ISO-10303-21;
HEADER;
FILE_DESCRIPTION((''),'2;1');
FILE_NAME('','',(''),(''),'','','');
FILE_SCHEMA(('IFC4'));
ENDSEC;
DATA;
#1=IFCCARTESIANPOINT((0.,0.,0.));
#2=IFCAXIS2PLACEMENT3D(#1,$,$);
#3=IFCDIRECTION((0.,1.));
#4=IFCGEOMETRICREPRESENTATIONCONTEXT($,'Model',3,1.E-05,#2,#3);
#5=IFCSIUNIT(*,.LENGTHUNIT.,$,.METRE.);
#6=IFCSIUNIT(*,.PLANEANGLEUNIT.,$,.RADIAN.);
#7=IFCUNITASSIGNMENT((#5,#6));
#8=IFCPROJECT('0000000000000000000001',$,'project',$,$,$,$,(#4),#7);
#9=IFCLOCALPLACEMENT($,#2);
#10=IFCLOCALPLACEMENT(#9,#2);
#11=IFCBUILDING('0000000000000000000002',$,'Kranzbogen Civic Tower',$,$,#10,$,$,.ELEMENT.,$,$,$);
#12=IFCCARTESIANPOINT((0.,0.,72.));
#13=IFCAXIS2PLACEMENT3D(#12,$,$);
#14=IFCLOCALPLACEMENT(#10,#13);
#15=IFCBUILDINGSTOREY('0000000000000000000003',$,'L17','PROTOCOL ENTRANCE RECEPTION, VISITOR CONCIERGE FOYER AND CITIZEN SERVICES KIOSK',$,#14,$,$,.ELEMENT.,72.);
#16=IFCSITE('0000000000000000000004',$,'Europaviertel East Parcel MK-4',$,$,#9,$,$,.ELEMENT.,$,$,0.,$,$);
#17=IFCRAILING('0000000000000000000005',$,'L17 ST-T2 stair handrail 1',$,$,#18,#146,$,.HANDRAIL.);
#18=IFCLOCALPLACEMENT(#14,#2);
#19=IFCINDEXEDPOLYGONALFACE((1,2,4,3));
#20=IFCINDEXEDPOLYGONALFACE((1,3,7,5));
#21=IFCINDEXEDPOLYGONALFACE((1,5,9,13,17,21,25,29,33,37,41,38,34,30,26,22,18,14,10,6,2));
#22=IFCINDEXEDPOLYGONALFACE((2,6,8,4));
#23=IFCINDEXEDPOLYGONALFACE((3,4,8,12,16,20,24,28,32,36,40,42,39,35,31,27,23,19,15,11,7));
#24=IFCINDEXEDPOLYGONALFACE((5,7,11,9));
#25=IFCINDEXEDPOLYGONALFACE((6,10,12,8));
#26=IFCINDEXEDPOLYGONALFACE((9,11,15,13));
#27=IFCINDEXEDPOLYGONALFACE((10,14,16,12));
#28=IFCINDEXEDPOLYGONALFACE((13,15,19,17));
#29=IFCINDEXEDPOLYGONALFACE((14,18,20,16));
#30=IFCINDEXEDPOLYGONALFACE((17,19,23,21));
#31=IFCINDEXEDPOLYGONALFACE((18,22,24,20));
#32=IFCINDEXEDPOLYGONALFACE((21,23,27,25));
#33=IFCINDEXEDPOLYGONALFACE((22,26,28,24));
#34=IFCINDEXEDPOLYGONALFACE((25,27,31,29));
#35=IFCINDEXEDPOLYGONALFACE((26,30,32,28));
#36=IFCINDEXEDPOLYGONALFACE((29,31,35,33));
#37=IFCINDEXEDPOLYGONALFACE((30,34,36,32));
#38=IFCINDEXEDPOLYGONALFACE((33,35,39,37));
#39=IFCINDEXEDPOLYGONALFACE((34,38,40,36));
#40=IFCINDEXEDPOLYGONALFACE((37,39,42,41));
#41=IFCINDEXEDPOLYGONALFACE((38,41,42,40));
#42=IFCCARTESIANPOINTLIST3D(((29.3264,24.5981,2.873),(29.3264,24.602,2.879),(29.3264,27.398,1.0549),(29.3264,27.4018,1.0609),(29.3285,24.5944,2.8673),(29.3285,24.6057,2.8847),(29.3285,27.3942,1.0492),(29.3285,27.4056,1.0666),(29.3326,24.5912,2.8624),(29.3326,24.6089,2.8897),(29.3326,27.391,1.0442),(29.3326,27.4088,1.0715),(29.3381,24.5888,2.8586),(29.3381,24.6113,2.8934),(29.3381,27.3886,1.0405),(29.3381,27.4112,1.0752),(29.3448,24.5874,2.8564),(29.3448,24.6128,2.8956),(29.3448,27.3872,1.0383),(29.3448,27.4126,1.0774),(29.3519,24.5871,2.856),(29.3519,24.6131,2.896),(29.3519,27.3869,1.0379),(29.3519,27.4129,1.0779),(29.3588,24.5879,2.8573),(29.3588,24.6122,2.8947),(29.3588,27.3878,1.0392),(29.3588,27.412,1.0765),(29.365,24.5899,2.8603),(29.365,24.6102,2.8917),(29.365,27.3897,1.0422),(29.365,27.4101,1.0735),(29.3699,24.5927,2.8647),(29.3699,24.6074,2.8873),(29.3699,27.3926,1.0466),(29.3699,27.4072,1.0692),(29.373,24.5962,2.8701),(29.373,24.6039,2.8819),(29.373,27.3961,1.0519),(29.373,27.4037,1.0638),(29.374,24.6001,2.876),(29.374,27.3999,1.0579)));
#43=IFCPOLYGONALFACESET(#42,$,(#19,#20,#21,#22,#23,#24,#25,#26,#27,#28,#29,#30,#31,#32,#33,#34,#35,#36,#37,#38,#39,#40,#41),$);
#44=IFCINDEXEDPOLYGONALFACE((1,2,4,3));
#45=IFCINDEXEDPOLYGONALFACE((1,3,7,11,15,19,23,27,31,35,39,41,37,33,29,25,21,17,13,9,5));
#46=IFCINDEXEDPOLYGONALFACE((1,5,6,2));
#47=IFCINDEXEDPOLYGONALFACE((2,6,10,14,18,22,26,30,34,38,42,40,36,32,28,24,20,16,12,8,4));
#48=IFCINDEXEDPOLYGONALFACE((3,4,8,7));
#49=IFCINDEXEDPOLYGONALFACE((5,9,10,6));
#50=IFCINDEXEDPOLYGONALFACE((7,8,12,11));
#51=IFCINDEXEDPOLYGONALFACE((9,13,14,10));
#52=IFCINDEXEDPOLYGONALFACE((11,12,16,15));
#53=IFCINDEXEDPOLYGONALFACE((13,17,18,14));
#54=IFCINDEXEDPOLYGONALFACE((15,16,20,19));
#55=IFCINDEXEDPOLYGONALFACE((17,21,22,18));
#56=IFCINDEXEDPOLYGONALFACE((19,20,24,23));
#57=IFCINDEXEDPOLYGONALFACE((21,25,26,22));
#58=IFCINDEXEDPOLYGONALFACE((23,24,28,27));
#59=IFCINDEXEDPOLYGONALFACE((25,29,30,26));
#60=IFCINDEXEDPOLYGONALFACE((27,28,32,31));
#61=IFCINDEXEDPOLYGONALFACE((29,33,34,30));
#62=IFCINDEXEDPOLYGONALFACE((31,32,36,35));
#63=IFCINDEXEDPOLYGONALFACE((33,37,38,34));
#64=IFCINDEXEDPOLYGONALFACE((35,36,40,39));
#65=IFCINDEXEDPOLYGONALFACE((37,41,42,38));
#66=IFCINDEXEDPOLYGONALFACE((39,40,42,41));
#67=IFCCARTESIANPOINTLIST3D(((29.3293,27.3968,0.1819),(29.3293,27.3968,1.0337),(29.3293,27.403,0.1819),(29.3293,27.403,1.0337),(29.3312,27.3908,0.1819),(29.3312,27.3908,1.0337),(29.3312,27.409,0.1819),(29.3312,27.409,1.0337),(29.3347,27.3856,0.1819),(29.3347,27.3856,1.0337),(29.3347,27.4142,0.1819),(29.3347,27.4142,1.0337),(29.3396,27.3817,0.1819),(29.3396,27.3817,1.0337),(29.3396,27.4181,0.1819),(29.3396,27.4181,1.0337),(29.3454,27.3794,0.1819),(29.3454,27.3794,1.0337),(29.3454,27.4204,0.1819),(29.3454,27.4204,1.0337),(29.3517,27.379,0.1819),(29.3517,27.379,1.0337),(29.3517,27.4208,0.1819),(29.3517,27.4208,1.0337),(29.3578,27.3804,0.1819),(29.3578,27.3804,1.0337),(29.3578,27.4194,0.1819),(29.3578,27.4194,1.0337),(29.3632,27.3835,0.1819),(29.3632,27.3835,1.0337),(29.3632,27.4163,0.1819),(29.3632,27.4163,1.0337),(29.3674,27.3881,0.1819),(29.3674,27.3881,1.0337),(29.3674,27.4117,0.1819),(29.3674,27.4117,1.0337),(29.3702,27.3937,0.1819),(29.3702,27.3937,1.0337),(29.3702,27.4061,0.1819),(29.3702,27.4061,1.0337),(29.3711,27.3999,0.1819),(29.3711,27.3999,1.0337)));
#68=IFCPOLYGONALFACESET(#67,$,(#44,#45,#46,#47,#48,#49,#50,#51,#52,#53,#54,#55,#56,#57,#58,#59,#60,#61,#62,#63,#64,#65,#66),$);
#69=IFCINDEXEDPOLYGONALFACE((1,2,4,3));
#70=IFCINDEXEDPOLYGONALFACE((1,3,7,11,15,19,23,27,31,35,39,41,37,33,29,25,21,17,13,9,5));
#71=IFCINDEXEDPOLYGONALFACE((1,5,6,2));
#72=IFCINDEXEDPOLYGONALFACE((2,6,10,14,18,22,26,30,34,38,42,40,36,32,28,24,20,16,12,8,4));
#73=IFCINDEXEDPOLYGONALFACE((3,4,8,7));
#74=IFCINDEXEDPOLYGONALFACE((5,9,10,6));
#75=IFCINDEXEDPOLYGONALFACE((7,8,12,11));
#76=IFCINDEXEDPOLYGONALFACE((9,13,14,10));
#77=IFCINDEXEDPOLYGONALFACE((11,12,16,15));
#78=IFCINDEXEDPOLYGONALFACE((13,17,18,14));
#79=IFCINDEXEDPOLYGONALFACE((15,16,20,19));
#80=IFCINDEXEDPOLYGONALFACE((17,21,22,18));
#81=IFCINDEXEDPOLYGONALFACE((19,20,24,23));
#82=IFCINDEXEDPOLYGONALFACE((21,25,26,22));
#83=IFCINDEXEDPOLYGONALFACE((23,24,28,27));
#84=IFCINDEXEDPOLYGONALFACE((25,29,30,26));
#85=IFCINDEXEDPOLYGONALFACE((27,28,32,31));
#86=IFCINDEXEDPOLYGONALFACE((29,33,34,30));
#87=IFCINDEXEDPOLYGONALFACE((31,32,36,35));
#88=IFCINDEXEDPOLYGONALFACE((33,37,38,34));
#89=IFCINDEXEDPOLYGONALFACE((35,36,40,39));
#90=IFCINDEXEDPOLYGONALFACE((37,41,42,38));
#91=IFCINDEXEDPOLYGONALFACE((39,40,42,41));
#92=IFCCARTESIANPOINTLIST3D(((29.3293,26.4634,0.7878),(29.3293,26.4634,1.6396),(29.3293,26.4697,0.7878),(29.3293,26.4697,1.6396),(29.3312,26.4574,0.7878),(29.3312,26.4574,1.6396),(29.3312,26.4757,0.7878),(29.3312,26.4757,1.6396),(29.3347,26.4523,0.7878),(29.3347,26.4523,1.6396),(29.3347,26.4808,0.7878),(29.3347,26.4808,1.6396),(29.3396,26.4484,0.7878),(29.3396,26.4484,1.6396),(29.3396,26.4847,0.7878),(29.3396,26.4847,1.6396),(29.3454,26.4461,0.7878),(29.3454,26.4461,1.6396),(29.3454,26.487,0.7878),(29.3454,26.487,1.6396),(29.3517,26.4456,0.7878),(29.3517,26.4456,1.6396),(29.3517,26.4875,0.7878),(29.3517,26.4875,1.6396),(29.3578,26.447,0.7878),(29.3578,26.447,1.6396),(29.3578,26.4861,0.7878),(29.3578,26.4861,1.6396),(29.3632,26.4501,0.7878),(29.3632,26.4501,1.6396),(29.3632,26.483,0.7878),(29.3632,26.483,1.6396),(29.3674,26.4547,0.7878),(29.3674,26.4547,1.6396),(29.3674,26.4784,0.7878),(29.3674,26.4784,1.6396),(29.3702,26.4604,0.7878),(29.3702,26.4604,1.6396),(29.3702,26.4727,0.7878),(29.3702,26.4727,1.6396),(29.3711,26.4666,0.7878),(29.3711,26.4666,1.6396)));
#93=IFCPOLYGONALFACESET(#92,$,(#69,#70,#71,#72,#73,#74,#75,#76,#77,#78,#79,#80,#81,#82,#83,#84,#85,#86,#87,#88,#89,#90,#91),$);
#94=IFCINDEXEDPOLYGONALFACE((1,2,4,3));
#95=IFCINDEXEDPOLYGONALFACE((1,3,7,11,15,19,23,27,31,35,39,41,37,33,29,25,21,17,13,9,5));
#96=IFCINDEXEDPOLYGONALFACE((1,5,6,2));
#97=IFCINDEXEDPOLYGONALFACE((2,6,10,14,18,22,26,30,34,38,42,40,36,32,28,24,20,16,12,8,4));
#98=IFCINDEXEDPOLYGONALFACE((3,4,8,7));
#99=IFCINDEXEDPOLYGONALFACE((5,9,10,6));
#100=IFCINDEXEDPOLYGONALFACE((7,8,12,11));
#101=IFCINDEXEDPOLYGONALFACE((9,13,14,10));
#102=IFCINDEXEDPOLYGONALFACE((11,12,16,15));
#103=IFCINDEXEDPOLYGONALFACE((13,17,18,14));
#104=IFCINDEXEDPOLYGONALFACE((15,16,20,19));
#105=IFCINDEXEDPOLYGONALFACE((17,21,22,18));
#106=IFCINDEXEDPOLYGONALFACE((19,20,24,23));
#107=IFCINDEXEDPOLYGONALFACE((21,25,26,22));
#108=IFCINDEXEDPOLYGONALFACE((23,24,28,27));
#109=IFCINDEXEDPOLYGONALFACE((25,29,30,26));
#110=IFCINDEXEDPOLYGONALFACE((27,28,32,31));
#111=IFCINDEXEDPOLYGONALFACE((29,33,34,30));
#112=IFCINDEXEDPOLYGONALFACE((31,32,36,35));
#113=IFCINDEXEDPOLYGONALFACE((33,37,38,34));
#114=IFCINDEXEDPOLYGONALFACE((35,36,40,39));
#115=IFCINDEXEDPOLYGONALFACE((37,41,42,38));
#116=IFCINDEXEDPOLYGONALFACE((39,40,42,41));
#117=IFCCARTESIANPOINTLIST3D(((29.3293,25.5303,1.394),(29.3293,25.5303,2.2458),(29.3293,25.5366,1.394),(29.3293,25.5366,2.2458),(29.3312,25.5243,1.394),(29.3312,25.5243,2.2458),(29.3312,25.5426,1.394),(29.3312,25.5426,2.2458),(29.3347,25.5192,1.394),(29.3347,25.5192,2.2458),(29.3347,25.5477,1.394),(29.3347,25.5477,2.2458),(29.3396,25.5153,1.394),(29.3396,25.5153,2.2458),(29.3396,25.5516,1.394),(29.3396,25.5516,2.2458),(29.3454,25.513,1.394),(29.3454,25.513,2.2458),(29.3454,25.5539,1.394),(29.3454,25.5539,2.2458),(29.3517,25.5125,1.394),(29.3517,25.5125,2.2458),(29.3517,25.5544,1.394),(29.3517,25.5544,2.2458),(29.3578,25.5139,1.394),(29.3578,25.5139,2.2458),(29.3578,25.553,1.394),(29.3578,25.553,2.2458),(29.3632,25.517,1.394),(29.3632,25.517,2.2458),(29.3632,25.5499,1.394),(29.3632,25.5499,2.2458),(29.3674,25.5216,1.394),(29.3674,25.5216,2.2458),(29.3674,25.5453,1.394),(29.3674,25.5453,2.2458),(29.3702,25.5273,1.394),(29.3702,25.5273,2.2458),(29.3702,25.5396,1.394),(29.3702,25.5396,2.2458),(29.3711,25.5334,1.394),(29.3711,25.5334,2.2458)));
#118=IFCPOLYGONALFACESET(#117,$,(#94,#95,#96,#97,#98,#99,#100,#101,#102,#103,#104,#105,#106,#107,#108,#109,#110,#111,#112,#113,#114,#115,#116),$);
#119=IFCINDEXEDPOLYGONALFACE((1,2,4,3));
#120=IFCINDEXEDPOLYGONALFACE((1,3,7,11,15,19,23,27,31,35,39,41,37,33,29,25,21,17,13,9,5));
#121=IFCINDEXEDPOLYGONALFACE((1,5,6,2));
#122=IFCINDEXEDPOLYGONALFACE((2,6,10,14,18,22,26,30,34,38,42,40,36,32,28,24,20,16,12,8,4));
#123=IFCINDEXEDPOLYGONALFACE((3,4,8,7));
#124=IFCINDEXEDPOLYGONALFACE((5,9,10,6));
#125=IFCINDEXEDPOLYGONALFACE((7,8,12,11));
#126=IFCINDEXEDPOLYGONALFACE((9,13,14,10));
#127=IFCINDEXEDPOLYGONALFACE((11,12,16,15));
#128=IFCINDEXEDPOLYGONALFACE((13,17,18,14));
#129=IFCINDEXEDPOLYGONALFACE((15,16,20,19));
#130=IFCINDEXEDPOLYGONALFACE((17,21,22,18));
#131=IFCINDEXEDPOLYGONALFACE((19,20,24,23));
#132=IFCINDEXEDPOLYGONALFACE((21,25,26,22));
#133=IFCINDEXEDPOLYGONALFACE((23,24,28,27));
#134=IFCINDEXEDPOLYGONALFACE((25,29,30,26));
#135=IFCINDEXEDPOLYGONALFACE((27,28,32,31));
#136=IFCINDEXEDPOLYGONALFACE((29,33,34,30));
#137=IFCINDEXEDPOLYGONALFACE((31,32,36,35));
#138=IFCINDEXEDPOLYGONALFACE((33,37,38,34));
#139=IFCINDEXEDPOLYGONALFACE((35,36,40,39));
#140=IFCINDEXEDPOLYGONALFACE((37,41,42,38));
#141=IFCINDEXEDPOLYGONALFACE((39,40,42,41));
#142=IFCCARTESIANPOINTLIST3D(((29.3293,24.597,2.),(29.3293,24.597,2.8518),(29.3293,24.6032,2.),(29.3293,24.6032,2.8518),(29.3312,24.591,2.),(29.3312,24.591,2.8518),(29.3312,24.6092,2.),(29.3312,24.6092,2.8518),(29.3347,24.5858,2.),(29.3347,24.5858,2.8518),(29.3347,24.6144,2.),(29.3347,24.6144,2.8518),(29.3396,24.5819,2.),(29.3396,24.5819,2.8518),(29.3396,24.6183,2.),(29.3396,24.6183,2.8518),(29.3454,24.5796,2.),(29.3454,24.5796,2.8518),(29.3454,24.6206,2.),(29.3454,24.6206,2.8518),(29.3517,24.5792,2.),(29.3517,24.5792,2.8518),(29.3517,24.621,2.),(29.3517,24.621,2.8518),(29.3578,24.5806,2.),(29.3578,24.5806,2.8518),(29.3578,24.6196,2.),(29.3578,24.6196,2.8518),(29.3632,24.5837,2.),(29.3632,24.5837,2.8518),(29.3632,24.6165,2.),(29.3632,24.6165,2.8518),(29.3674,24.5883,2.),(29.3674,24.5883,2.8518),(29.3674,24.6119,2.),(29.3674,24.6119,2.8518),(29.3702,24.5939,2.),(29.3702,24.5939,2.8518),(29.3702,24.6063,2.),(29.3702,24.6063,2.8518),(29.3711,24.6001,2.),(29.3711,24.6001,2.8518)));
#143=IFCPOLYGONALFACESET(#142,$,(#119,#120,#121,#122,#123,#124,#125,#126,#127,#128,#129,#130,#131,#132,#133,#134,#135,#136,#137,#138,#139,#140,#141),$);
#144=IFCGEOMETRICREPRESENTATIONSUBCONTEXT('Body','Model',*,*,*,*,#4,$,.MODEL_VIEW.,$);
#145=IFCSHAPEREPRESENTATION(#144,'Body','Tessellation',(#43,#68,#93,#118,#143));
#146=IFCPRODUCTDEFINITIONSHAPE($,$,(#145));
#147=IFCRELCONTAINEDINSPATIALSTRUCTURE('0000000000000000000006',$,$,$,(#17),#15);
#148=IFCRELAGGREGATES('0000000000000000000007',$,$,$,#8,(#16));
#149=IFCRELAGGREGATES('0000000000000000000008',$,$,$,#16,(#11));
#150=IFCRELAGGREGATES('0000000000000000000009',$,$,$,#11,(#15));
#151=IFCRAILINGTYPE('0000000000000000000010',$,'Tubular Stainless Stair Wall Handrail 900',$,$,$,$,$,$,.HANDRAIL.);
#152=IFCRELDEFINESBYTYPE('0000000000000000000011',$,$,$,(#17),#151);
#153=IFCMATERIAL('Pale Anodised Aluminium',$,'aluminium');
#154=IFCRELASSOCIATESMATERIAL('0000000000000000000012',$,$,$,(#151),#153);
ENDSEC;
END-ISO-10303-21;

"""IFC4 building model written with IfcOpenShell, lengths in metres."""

from ifc_helpers import new_model, si_unit, direction, frame, origin, origin_2d, place, context, subcontext, project, spatial, circle, extrude, material, type_object, element, save


model = new_model("IFC4")

# Units and contexts
model_context = context("Model", 3, precision=1e-05, world=origin(), true_north=direction((0.0, 1.0)))
body_context = subcontext(model_context, "Body", "Model", "MODEL_VIEW")
ifc_project = project(units=[si_unit("LENGTHUNIT", "METRE"), si_unit("PLANEANGLEUNIT", "RADIAN")], contexts=[model_context])

# Site, building, storey
site_placement = place(None, origin())
site = spatial("IfcSite", under=ifc_project, at=site_placement, Name="Europaviertel East Parcel MK-4", CompositionType="ELEMENT", RefElevation=0.0)
building_placement = place(site_placement, origin())
building = spatial("IfcBuilding", under=site, at=building_placement, Name="Kranzbogen Civic Tower", CompositionType="ELEMENT")
storey_placement = place(building_placement, frame((0.0, 0.0, 72.0)))
storey = spatial("IfcBuildingStorey", under=building, at=storey_placement, Name="L17", Description="PROTOCOL ENTRANCE RECEPTION, VISITOR CONCIERGE FOYER AND CITIZEN SERVICES KIOSK", CompositionType="ELEMENT", Elevation=72.0)

# Shared definitions
ifc_material_1 = material(Name="Pale Anodised Aluminium", Category="aluminium")

# Railing
railing_type_1 = type_object("IfcRailingType", Name="Tubular Stainless Stair Wall Handrail 900", PredefinedType="HANDRAIL", material=ifc_material_1)
railing_1_placement = place(storey_placement, frame((29.3501, 27.3999, 0.1819)))
element("IfcRailing", 1, at=railing_1_placement, inside=storey, type_object=railing_type_1, Name="L17 ST-T2 stair handrail 1", PredefinedType="HANDRAIL", context=body_context, shape_type="SweptSolid", body=[
    extrude(circle(Radius=0.0239, at=origin_2d()), frame((0.0, 0.0, 0.876), z_axis=(0.0, -0.838684, 0.544618), x_axis=(1.0, 0.0, 0.0)), (0.0, 0.0, 1.0), 3.3384),
    extrude(circle(Radius=0.021, at=origin_2d()), origin(), (0.0, 0.0, 1.0), 0.8518),
    extrude(circle(Radius=0.021, at=origin_2d()), frame((0.0, -0.9333, 0.606)), (0.0, 0.0, 1.0), 0.8518),
    extrude(circle(Radius=0.021, at=origin_2d()), frame((0.0, -1.8665, 1.2122)), (0.0, 0.0, 1.0), 0.8518),
    extrude(circle(Radius=0.021, at=origin_2d()), frame((0.0, -2.7998, 1.8181)), (0.0, 0.0, 1.0), 0.8518),
])

save(model, "model.ifc")
